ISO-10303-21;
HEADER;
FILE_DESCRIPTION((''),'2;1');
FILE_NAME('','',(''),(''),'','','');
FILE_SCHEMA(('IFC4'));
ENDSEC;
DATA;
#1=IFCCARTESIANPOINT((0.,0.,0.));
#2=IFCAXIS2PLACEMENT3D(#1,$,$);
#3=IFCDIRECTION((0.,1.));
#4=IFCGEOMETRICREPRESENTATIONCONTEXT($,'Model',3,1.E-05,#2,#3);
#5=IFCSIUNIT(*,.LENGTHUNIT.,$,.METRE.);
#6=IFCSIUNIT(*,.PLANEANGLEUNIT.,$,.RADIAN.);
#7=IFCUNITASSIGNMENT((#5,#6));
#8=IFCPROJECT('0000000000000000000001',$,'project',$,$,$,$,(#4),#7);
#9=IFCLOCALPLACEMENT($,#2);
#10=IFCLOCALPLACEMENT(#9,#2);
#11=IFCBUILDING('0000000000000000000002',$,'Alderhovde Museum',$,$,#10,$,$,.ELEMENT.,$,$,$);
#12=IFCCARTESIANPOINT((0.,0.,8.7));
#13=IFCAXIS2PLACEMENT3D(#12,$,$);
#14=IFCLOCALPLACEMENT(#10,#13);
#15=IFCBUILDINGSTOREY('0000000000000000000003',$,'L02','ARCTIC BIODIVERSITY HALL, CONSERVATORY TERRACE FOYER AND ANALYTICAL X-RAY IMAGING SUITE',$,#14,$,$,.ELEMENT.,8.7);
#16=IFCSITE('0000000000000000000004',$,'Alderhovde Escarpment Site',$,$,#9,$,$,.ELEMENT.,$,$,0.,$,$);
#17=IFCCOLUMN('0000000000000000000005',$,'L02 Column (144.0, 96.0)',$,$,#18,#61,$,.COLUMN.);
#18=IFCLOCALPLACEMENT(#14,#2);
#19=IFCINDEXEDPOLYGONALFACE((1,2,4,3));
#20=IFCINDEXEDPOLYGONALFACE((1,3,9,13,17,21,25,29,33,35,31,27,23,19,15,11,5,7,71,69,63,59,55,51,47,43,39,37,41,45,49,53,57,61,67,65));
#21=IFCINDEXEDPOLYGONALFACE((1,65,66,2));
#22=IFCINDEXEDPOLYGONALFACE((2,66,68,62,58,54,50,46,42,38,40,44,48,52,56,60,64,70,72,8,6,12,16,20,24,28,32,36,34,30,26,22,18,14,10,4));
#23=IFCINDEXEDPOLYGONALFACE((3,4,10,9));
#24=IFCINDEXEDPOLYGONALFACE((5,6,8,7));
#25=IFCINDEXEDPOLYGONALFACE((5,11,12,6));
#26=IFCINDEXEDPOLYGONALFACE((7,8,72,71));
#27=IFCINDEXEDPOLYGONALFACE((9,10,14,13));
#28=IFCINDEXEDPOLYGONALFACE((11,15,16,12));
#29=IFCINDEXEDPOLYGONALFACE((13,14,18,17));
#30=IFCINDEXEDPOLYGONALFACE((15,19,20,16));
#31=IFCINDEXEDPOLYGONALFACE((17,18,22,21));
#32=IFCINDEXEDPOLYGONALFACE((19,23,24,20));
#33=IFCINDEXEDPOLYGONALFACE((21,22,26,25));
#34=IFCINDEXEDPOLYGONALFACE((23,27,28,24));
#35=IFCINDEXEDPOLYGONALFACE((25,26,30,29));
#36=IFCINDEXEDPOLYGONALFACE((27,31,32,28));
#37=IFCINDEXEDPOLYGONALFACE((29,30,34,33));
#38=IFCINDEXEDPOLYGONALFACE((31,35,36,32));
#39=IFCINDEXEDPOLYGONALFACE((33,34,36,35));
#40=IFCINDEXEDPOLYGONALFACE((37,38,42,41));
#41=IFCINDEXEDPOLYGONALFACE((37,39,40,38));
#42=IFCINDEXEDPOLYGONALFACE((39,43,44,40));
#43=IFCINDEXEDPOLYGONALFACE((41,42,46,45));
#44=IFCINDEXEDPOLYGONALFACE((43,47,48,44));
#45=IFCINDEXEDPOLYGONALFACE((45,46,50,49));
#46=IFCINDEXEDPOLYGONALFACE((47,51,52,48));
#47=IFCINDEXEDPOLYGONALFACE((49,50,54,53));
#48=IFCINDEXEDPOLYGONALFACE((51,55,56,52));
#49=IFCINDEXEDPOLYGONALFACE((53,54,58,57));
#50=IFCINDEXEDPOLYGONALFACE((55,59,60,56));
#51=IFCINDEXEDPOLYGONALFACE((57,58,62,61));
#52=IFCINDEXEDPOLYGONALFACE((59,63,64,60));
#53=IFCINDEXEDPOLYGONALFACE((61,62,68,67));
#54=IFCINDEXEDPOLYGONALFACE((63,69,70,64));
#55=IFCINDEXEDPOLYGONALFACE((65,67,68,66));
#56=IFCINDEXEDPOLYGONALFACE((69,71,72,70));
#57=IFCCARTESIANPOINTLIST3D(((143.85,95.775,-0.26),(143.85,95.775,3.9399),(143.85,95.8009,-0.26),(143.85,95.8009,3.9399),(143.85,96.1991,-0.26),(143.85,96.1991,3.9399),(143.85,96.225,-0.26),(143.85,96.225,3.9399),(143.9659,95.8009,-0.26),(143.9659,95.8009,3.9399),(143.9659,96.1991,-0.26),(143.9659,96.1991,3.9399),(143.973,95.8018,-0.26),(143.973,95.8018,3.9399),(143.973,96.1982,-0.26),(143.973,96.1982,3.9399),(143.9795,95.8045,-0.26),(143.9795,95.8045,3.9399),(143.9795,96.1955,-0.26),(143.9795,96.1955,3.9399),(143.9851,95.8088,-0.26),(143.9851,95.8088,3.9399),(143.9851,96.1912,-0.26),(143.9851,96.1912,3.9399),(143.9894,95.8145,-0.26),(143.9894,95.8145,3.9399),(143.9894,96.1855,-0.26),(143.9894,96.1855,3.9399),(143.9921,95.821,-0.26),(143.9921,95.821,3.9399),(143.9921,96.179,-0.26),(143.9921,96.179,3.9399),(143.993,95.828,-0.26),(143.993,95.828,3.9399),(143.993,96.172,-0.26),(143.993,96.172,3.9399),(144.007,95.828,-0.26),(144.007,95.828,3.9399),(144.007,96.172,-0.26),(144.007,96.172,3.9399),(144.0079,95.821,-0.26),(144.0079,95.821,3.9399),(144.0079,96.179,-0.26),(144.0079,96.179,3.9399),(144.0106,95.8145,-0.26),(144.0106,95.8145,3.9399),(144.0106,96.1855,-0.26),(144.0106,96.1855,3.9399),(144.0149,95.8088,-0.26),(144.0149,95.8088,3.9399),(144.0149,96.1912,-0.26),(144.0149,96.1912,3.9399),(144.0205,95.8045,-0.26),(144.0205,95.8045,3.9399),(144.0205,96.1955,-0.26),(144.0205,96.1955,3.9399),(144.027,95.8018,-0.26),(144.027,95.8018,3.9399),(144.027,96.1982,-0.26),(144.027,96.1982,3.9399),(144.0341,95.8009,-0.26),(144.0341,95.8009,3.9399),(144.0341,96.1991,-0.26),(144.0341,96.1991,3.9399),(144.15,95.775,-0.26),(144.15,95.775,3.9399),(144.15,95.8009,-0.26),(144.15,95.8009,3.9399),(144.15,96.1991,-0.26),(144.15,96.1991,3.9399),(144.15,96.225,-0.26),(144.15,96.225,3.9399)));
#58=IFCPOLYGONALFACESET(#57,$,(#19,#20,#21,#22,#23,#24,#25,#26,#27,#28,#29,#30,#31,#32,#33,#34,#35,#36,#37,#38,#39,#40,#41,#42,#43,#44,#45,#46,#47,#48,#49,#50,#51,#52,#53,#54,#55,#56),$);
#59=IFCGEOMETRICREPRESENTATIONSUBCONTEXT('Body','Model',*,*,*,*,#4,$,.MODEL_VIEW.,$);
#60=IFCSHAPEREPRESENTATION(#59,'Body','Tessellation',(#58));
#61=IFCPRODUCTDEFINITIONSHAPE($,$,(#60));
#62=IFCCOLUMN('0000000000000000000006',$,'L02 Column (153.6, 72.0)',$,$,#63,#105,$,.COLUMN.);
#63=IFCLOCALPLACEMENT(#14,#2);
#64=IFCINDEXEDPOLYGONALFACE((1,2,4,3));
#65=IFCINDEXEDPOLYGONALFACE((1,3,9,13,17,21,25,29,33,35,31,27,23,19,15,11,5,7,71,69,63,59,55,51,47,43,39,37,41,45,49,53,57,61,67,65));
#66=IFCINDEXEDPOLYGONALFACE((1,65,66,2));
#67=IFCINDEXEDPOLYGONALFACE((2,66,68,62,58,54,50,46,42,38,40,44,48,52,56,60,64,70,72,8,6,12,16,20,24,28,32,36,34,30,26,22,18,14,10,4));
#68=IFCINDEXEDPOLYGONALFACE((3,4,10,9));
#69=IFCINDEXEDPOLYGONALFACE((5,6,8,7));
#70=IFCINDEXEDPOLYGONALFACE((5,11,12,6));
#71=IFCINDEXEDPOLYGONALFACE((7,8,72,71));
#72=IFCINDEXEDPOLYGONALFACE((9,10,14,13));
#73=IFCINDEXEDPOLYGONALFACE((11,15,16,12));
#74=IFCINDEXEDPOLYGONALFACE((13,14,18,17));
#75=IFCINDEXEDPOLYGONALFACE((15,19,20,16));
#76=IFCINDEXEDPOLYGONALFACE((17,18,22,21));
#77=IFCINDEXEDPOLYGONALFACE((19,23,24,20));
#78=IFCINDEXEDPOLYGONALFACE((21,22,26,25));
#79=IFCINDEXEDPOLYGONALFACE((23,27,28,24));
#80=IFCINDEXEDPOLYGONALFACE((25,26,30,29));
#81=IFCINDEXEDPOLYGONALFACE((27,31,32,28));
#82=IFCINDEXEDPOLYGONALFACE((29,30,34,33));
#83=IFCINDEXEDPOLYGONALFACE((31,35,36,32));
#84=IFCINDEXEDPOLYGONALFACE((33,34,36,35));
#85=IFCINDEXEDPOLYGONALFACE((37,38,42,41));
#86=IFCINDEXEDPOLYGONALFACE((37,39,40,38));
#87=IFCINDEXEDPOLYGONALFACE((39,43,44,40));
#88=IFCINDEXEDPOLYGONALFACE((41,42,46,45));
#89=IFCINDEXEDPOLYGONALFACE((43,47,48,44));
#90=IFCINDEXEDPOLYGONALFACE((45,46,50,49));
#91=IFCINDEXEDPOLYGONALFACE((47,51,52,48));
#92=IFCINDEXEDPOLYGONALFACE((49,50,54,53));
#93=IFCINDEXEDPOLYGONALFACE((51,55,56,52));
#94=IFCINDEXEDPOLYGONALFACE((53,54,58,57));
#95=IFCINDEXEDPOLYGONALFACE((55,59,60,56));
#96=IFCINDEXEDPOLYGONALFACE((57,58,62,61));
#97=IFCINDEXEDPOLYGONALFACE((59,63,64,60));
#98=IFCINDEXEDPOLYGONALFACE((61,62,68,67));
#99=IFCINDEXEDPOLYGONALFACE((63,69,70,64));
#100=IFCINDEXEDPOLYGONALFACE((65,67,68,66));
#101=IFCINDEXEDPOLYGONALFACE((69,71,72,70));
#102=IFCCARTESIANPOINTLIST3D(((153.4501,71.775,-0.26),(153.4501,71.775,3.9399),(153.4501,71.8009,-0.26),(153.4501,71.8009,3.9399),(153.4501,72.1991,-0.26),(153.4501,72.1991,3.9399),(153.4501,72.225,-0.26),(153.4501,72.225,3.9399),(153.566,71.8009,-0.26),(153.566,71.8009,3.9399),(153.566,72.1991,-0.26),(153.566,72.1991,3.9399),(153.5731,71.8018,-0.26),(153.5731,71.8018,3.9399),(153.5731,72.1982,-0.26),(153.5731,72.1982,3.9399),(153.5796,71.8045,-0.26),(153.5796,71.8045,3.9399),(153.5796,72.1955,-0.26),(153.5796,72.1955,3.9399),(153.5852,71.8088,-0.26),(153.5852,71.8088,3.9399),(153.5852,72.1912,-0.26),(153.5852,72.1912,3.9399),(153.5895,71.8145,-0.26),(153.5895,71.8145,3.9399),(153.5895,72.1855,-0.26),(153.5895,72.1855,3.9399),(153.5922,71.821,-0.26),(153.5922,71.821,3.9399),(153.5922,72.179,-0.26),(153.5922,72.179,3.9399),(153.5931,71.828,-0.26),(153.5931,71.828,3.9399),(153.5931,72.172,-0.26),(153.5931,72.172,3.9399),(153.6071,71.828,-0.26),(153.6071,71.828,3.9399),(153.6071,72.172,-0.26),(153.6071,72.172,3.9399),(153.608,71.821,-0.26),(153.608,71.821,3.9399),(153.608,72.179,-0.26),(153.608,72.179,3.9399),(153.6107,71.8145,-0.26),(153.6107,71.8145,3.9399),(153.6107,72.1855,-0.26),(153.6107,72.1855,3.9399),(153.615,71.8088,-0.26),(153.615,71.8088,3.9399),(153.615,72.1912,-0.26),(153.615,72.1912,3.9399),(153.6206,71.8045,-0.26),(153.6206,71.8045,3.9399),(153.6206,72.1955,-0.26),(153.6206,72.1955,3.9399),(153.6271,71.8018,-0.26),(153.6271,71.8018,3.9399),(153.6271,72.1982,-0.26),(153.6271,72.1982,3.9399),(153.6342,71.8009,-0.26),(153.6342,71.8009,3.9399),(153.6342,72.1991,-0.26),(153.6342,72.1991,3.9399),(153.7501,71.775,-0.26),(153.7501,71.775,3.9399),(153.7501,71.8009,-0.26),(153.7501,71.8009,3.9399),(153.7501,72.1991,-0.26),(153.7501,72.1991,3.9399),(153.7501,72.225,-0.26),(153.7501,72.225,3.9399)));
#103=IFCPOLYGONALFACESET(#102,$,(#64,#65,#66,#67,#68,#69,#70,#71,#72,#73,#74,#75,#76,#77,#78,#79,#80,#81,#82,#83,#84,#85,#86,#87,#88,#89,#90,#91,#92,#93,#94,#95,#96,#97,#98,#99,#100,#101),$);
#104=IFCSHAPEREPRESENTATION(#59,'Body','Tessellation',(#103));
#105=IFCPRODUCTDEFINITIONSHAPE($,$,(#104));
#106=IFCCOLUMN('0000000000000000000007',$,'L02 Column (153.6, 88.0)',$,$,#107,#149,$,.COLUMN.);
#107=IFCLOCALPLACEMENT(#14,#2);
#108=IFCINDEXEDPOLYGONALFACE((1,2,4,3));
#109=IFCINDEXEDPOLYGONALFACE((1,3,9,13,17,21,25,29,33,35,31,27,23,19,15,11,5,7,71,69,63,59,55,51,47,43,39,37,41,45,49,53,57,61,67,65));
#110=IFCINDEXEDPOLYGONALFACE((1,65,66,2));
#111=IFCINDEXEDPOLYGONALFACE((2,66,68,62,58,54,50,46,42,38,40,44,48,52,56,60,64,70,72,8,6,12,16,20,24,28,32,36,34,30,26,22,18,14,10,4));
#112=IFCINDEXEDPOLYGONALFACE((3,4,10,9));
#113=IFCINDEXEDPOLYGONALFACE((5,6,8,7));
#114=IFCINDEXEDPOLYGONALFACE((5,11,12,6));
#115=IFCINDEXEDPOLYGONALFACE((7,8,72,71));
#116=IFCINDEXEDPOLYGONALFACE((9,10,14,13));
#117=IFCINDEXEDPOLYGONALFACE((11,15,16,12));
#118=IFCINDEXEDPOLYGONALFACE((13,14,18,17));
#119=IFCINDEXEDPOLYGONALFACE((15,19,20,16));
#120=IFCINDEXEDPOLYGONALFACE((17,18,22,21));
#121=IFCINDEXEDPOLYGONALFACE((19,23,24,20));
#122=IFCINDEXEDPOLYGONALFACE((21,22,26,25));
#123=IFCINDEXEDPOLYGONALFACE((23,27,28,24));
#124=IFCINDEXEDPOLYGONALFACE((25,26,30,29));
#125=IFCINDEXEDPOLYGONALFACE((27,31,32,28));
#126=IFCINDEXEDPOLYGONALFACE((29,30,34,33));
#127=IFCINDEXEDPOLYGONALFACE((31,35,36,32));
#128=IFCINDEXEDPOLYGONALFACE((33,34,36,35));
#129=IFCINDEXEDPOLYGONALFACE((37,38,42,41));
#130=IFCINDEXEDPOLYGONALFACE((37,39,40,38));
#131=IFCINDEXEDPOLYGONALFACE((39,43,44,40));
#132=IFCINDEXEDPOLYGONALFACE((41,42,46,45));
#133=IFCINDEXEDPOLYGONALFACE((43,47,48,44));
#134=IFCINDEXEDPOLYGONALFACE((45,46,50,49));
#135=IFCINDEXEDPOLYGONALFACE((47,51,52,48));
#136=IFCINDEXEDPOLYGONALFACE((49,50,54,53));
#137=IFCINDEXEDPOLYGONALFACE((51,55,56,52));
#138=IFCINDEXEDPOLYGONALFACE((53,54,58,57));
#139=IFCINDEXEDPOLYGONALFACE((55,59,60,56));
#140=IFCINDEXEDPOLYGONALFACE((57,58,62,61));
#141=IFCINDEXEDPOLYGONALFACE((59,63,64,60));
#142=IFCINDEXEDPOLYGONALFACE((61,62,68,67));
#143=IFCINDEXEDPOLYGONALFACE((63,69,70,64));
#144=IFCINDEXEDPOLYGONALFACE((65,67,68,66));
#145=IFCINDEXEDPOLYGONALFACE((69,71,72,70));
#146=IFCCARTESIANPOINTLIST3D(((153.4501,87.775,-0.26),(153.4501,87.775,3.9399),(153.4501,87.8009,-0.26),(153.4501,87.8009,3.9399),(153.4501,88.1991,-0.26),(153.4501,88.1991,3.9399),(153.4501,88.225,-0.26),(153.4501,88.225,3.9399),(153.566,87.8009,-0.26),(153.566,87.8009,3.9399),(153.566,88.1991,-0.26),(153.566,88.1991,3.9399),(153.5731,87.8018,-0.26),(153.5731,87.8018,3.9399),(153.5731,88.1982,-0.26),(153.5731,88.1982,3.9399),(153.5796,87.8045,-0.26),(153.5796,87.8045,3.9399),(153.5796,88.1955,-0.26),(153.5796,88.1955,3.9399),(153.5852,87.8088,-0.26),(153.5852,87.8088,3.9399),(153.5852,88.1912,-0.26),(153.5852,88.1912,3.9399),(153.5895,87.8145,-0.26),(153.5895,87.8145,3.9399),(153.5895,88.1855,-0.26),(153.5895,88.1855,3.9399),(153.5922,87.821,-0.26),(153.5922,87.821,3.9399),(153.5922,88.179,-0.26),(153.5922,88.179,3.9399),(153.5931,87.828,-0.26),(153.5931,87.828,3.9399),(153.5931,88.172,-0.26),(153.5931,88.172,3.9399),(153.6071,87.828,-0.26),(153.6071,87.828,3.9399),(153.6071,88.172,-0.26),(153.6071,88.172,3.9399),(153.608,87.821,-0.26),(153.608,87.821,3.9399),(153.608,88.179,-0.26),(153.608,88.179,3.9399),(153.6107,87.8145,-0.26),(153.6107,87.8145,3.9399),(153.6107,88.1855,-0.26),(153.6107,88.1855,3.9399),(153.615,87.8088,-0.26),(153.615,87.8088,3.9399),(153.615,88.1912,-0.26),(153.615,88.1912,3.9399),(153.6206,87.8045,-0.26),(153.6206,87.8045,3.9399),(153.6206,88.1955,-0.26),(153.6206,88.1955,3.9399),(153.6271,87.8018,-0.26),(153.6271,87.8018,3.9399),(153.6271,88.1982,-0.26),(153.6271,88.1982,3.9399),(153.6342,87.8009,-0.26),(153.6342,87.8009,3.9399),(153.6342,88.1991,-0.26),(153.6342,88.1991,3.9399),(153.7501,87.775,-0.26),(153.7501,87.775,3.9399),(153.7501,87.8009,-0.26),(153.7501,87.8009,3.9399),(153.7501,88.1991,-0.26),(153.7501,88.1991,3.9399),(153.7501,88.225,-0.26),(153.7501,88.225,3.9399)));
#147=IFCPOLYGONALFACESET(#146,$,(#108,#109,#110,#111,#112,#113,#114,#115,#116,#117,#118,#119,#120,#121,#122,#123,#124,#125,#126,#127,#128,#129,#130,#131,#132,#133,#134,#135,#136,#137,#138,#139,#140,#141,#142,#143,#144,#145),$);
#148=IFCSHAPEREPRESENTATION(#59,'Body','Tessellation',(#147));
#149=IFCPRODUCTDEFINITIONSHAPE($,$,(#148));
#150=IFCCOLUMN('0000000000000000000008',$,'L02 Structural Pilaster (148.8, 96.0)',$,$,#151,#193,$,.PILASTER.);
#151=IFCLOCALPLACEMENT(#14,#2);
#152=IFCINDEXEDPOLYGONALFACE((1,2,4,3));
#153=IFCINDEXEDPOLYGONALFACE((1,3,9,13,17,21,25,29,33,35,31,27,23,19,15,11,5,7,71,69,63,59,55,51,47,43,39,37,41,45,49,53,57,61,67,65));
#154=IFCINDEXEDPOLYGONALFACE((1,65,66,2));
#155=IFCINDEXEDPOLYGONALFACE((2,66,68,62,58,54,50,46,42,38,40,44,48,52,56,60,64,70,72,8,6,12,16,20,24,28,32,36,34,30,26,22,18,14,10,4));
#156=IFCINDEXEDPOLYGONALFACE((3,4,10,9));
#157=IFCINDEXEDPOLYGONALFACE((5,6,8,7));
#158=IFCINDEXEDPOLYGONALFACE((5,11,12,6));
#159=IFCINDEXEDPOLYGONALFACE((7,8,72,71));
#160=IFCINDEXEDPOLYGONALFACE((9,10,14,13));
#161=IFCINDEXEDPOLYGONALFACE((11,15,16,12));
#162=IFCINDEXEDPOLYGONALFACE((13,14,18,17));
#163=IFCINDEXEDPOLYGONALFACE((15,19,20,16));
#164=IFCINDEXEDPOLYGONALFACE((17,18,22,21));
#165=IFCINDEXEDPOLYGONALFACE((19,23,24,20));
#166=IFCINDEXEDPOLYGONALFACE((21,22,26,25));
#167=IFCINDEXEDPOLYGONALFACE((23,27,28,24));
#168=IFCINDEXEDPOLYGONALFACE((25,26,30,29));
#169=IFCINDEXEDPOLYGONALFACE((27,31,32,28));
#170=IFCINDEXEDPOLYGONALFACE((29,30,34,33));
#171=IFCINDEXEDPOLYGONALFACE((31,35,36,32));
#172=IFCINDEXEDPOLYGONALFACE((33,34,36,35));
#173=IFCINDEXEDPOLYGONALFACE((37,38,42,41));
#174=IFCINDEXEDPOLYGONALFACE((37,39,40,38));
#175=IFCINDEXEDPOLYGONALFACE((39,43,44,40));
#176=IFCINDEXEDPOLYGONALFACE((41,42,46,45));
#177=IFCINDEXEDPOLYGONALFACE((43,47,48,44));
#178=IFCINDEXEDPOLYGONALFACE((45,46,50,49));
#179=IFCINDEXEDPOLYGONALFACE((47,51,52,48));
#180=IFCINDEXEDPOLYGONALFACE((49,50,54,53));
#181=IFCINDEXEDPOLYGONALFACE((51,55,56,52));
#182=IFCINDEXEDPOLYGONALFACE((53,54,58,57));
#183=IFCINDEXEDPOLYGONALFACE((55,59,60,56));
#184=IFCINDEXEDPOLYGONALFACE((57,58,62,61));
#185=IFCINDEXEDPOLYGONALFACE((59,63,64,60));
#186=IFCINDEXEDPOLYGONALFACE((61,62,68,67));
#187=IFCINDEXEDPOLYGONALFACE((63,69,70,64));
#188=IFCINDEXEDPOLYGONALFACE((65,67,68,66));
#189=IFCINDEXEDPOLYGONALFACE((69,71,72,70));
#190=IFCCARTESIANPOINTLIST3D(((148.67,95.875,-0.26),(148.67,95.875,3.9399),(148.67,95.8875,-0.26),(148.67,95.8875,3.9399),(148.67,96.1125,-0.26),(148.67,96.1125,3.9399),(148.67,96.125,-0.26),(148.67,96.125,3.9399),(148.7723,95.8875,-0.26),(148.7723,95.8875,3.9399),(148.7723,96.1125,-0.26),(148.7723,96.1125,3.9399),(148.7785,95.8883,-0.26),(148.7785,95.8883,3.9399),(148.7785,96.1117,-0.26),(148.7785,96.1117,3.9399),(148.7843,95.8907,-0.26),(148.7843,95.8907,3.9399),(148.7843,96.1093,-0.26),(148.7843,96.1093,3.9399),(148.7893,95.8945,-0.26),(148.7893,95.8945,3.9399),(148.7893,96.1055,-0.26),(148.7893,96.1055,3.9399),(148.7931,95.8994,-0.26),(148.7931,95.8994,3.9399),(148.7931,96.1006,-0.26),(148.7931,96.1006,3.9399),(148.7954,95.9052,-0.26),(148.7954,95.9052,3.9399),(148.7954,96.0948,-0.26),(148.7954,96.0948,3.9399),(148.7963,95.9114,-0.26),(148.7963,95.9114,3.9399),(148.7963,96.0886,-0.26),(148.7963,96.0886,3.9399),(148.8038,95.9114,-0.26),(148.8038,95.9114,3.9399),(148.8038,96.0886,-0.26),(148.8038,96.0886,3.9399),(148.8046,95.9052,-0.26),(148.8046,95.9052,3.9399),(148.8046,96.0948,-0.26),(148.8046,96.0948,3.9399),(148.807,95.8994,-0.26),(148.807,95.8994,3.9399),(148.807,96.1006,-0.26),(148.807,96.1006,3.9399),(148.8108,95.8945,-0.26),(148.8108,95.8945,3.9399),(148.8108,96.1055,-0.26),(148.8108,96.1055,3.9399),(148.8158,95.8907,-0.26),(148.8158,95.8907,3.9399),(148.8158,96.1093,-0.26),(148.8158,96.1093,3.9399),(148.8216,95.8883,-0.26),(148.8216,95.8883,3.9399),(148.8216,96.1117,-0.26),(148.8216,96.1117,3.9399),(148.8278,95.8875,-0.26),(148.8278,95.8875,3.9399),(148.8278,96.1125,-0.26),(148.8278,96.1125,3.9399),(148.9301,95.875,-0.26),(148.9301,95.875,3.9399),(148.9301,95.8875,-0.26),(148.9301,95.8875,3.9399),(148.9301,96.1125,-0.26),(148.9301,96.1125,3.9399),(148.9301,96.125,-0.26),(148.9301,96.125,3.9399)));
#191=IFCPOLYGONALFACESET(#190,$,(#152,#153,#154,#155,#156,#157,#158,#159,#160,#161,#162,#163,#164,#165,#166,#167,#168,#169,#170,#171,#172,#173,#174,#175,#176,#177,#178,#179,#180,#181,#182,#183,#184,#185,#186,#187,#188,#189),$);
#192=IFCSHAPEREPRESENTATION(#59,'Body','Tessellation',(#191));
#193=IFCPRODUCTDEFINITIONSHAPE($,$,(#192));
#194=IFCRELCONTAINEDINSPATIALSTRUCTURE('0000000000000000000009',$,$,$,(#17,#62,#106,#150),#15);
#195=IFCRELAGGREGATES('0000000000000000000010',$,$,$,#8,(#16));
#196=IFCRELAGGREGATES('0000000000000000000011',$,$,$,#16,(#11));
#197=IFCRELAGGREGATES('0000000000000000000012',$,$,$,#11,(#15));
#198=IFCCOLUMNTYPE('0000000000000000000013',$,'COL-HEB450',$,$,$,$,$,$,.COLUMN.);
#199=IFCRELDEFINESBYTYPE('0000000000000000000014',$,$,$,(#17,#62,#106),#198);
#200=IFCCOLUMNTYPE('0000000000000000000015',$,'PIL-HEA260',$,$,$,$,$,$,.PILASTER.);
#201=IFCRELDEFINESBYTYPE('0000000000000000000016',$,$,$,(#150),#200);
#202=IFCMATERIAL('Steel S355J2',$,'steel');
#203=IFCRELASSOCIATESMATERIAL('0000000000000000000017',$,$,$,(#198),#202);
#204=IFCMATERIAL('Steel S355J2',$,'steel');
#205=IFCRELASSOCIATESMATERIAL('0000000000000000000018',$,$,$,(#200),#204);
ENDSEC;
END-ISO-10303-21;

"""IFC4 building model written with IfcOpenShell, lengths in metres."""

from ifc_helpers import new_model, si_unit, direction, frame, origin, origin_2d, place, context, subcontext, project, spatial, i_section, extrude, material, material_profile, profile_set, type_object, element, save


model = new_model("IFC4")

# Units and contexts
model_context = context("Model", 3, precision=1e-05, world=origin(), true_north=direction((0.0, 1.0)))
body_context = subcontext(model_context, "Body", "Model", "MODEL_VIEW")
ifc_project = project(units=[si_unit("LENGTHUNIT", "METRE"), si_unit("PLANEANGLEUNIT", "RADIAN")], contexts=[model_context])

# Site, building, storey
site_placement = place(None, origin())
site = spatial("IfcSite", under=ifc_project, at=site_placement, Name="Alderhovde Escarpment Site", CompositionType="ELEMENT", RefElevation=0.0)
building_placement = place(site_placement, origin())
building = spatial("IfcBuilding", under=site, at=building_placement, Name="Alderhovde Museum", CompositionType="ELEMENT")
storey_placement = place(building_placement, frame((0.0, 0.0, 8.7)))
storey = spatial("IfcBuildingStorey", under=building, at=storey_placement, Name="L02", Description="ARCTIC BIODIVERSITY HALL, CONSERVATORY TERRACE FOYER AND ANALYTICAL X-RAY IMAGING SUITE", CompositionType="ELEMENT", Elevation=8.7)

# Columns
ifc_material_1 = material(Name="Steel S355J2", Category="steel")
ifc_material_profile_1 = material_profile(ifc_material_1, i_section(OverallWidth=0.3, OverallDepth=0.45, WebThickness=0.0139, FlangeThickness=0.0259, FilletRadius=0.0271, at=origin_2d()), Name="HEB 450")
ifc_profile_set_1 = profile_set([ifc_material_profile_1], Name="Steel S355J2")
column_type_1 = type_object("IfcColumnType", Name="COL-HEB450", PredefinedType="COLUMN", material=ifc_profile_set_1)
for number, where, z_axis, x_axis, name in (
    (1, (144.0, 96.0, -0.26), (0.0, 0.0, 1.0), (1.0, 0.0, 0.0), "L02 Column (144.0, 96.0)"),
    (2, (153.6001, 72.0, -0.26), (0.0, 0.0, 1.0), (1.0, 0.0, 0.0), "L02 Column (153.6, 72.0)"),
    (3, (153.6001, 88.0, -0.26), (0.0, 0.0, 1.0), (1.0, 0.0, 0.0), "L02 Column (153.6, 88.0)"),
):
    element("IfcColumn", number, at=place(storey_placement, frame(where, z_axis=z_axis, x_axis=x_axis)), inside=storey, type_object=column_type_1, Name=name, PredefinedType="COLUMN", context=body_context, shape_type="SweptSolid", body=[
        extrude(i_section(OverallWidth=0.3, OverallDepth=0.45, WebThickness=0.0139, FlangeThickness=0.0259, FilletRadius=0.0271, at=origin_2d()), origin(), (0.0, 0.0, 1.0), 4.2),
    ])
ifc_material_2 = material(Name="Steel S355J2", Category="steel")
ifc_material_profile_2 = material_profile(ifc_material_2, i_section(OverallWidth=0.26, OverallDepth=0.25, WebThickness=0.0076, FlangeThickness=0.0125, FilletRadius=0.0239, at=origin_2d()), Name="HEA 260")
ifc_profile_set_2 = profile_set([ifc_material_profile_2], Name="Steel S355J2")
column_type_2 = type_object("IfcColumnType", Name="PIL-HEA260", PredefinedType="PILASTER", material=ifc_profile_set_2)
column_placement = place(storey_placement, frame((148.8, 96.0, -0.26), z_axis=(0.0, 0.0, 1.0), x_axis=(1.0, 0.0, 0.0)))
element("IfcColumn", 4, at=column_placement, inside=storey, type_object=column_type_2, Name="L02 Structural Pilaster (148.8, 96.0)", PredefinedType="PILASTER", context=body_context, shape_type="SweptSolid", body=[
    extrude(i_section(OverallWidth=0.26, OverallDepth=0.25, WebThickness=0.0076, FlangeThickness=0.0125, FilletRadius=0.0239, at=origin_2d()), origin(), (0.0, 0.0, 1.0), 4.2),
])

save(model, "model.ifc")
